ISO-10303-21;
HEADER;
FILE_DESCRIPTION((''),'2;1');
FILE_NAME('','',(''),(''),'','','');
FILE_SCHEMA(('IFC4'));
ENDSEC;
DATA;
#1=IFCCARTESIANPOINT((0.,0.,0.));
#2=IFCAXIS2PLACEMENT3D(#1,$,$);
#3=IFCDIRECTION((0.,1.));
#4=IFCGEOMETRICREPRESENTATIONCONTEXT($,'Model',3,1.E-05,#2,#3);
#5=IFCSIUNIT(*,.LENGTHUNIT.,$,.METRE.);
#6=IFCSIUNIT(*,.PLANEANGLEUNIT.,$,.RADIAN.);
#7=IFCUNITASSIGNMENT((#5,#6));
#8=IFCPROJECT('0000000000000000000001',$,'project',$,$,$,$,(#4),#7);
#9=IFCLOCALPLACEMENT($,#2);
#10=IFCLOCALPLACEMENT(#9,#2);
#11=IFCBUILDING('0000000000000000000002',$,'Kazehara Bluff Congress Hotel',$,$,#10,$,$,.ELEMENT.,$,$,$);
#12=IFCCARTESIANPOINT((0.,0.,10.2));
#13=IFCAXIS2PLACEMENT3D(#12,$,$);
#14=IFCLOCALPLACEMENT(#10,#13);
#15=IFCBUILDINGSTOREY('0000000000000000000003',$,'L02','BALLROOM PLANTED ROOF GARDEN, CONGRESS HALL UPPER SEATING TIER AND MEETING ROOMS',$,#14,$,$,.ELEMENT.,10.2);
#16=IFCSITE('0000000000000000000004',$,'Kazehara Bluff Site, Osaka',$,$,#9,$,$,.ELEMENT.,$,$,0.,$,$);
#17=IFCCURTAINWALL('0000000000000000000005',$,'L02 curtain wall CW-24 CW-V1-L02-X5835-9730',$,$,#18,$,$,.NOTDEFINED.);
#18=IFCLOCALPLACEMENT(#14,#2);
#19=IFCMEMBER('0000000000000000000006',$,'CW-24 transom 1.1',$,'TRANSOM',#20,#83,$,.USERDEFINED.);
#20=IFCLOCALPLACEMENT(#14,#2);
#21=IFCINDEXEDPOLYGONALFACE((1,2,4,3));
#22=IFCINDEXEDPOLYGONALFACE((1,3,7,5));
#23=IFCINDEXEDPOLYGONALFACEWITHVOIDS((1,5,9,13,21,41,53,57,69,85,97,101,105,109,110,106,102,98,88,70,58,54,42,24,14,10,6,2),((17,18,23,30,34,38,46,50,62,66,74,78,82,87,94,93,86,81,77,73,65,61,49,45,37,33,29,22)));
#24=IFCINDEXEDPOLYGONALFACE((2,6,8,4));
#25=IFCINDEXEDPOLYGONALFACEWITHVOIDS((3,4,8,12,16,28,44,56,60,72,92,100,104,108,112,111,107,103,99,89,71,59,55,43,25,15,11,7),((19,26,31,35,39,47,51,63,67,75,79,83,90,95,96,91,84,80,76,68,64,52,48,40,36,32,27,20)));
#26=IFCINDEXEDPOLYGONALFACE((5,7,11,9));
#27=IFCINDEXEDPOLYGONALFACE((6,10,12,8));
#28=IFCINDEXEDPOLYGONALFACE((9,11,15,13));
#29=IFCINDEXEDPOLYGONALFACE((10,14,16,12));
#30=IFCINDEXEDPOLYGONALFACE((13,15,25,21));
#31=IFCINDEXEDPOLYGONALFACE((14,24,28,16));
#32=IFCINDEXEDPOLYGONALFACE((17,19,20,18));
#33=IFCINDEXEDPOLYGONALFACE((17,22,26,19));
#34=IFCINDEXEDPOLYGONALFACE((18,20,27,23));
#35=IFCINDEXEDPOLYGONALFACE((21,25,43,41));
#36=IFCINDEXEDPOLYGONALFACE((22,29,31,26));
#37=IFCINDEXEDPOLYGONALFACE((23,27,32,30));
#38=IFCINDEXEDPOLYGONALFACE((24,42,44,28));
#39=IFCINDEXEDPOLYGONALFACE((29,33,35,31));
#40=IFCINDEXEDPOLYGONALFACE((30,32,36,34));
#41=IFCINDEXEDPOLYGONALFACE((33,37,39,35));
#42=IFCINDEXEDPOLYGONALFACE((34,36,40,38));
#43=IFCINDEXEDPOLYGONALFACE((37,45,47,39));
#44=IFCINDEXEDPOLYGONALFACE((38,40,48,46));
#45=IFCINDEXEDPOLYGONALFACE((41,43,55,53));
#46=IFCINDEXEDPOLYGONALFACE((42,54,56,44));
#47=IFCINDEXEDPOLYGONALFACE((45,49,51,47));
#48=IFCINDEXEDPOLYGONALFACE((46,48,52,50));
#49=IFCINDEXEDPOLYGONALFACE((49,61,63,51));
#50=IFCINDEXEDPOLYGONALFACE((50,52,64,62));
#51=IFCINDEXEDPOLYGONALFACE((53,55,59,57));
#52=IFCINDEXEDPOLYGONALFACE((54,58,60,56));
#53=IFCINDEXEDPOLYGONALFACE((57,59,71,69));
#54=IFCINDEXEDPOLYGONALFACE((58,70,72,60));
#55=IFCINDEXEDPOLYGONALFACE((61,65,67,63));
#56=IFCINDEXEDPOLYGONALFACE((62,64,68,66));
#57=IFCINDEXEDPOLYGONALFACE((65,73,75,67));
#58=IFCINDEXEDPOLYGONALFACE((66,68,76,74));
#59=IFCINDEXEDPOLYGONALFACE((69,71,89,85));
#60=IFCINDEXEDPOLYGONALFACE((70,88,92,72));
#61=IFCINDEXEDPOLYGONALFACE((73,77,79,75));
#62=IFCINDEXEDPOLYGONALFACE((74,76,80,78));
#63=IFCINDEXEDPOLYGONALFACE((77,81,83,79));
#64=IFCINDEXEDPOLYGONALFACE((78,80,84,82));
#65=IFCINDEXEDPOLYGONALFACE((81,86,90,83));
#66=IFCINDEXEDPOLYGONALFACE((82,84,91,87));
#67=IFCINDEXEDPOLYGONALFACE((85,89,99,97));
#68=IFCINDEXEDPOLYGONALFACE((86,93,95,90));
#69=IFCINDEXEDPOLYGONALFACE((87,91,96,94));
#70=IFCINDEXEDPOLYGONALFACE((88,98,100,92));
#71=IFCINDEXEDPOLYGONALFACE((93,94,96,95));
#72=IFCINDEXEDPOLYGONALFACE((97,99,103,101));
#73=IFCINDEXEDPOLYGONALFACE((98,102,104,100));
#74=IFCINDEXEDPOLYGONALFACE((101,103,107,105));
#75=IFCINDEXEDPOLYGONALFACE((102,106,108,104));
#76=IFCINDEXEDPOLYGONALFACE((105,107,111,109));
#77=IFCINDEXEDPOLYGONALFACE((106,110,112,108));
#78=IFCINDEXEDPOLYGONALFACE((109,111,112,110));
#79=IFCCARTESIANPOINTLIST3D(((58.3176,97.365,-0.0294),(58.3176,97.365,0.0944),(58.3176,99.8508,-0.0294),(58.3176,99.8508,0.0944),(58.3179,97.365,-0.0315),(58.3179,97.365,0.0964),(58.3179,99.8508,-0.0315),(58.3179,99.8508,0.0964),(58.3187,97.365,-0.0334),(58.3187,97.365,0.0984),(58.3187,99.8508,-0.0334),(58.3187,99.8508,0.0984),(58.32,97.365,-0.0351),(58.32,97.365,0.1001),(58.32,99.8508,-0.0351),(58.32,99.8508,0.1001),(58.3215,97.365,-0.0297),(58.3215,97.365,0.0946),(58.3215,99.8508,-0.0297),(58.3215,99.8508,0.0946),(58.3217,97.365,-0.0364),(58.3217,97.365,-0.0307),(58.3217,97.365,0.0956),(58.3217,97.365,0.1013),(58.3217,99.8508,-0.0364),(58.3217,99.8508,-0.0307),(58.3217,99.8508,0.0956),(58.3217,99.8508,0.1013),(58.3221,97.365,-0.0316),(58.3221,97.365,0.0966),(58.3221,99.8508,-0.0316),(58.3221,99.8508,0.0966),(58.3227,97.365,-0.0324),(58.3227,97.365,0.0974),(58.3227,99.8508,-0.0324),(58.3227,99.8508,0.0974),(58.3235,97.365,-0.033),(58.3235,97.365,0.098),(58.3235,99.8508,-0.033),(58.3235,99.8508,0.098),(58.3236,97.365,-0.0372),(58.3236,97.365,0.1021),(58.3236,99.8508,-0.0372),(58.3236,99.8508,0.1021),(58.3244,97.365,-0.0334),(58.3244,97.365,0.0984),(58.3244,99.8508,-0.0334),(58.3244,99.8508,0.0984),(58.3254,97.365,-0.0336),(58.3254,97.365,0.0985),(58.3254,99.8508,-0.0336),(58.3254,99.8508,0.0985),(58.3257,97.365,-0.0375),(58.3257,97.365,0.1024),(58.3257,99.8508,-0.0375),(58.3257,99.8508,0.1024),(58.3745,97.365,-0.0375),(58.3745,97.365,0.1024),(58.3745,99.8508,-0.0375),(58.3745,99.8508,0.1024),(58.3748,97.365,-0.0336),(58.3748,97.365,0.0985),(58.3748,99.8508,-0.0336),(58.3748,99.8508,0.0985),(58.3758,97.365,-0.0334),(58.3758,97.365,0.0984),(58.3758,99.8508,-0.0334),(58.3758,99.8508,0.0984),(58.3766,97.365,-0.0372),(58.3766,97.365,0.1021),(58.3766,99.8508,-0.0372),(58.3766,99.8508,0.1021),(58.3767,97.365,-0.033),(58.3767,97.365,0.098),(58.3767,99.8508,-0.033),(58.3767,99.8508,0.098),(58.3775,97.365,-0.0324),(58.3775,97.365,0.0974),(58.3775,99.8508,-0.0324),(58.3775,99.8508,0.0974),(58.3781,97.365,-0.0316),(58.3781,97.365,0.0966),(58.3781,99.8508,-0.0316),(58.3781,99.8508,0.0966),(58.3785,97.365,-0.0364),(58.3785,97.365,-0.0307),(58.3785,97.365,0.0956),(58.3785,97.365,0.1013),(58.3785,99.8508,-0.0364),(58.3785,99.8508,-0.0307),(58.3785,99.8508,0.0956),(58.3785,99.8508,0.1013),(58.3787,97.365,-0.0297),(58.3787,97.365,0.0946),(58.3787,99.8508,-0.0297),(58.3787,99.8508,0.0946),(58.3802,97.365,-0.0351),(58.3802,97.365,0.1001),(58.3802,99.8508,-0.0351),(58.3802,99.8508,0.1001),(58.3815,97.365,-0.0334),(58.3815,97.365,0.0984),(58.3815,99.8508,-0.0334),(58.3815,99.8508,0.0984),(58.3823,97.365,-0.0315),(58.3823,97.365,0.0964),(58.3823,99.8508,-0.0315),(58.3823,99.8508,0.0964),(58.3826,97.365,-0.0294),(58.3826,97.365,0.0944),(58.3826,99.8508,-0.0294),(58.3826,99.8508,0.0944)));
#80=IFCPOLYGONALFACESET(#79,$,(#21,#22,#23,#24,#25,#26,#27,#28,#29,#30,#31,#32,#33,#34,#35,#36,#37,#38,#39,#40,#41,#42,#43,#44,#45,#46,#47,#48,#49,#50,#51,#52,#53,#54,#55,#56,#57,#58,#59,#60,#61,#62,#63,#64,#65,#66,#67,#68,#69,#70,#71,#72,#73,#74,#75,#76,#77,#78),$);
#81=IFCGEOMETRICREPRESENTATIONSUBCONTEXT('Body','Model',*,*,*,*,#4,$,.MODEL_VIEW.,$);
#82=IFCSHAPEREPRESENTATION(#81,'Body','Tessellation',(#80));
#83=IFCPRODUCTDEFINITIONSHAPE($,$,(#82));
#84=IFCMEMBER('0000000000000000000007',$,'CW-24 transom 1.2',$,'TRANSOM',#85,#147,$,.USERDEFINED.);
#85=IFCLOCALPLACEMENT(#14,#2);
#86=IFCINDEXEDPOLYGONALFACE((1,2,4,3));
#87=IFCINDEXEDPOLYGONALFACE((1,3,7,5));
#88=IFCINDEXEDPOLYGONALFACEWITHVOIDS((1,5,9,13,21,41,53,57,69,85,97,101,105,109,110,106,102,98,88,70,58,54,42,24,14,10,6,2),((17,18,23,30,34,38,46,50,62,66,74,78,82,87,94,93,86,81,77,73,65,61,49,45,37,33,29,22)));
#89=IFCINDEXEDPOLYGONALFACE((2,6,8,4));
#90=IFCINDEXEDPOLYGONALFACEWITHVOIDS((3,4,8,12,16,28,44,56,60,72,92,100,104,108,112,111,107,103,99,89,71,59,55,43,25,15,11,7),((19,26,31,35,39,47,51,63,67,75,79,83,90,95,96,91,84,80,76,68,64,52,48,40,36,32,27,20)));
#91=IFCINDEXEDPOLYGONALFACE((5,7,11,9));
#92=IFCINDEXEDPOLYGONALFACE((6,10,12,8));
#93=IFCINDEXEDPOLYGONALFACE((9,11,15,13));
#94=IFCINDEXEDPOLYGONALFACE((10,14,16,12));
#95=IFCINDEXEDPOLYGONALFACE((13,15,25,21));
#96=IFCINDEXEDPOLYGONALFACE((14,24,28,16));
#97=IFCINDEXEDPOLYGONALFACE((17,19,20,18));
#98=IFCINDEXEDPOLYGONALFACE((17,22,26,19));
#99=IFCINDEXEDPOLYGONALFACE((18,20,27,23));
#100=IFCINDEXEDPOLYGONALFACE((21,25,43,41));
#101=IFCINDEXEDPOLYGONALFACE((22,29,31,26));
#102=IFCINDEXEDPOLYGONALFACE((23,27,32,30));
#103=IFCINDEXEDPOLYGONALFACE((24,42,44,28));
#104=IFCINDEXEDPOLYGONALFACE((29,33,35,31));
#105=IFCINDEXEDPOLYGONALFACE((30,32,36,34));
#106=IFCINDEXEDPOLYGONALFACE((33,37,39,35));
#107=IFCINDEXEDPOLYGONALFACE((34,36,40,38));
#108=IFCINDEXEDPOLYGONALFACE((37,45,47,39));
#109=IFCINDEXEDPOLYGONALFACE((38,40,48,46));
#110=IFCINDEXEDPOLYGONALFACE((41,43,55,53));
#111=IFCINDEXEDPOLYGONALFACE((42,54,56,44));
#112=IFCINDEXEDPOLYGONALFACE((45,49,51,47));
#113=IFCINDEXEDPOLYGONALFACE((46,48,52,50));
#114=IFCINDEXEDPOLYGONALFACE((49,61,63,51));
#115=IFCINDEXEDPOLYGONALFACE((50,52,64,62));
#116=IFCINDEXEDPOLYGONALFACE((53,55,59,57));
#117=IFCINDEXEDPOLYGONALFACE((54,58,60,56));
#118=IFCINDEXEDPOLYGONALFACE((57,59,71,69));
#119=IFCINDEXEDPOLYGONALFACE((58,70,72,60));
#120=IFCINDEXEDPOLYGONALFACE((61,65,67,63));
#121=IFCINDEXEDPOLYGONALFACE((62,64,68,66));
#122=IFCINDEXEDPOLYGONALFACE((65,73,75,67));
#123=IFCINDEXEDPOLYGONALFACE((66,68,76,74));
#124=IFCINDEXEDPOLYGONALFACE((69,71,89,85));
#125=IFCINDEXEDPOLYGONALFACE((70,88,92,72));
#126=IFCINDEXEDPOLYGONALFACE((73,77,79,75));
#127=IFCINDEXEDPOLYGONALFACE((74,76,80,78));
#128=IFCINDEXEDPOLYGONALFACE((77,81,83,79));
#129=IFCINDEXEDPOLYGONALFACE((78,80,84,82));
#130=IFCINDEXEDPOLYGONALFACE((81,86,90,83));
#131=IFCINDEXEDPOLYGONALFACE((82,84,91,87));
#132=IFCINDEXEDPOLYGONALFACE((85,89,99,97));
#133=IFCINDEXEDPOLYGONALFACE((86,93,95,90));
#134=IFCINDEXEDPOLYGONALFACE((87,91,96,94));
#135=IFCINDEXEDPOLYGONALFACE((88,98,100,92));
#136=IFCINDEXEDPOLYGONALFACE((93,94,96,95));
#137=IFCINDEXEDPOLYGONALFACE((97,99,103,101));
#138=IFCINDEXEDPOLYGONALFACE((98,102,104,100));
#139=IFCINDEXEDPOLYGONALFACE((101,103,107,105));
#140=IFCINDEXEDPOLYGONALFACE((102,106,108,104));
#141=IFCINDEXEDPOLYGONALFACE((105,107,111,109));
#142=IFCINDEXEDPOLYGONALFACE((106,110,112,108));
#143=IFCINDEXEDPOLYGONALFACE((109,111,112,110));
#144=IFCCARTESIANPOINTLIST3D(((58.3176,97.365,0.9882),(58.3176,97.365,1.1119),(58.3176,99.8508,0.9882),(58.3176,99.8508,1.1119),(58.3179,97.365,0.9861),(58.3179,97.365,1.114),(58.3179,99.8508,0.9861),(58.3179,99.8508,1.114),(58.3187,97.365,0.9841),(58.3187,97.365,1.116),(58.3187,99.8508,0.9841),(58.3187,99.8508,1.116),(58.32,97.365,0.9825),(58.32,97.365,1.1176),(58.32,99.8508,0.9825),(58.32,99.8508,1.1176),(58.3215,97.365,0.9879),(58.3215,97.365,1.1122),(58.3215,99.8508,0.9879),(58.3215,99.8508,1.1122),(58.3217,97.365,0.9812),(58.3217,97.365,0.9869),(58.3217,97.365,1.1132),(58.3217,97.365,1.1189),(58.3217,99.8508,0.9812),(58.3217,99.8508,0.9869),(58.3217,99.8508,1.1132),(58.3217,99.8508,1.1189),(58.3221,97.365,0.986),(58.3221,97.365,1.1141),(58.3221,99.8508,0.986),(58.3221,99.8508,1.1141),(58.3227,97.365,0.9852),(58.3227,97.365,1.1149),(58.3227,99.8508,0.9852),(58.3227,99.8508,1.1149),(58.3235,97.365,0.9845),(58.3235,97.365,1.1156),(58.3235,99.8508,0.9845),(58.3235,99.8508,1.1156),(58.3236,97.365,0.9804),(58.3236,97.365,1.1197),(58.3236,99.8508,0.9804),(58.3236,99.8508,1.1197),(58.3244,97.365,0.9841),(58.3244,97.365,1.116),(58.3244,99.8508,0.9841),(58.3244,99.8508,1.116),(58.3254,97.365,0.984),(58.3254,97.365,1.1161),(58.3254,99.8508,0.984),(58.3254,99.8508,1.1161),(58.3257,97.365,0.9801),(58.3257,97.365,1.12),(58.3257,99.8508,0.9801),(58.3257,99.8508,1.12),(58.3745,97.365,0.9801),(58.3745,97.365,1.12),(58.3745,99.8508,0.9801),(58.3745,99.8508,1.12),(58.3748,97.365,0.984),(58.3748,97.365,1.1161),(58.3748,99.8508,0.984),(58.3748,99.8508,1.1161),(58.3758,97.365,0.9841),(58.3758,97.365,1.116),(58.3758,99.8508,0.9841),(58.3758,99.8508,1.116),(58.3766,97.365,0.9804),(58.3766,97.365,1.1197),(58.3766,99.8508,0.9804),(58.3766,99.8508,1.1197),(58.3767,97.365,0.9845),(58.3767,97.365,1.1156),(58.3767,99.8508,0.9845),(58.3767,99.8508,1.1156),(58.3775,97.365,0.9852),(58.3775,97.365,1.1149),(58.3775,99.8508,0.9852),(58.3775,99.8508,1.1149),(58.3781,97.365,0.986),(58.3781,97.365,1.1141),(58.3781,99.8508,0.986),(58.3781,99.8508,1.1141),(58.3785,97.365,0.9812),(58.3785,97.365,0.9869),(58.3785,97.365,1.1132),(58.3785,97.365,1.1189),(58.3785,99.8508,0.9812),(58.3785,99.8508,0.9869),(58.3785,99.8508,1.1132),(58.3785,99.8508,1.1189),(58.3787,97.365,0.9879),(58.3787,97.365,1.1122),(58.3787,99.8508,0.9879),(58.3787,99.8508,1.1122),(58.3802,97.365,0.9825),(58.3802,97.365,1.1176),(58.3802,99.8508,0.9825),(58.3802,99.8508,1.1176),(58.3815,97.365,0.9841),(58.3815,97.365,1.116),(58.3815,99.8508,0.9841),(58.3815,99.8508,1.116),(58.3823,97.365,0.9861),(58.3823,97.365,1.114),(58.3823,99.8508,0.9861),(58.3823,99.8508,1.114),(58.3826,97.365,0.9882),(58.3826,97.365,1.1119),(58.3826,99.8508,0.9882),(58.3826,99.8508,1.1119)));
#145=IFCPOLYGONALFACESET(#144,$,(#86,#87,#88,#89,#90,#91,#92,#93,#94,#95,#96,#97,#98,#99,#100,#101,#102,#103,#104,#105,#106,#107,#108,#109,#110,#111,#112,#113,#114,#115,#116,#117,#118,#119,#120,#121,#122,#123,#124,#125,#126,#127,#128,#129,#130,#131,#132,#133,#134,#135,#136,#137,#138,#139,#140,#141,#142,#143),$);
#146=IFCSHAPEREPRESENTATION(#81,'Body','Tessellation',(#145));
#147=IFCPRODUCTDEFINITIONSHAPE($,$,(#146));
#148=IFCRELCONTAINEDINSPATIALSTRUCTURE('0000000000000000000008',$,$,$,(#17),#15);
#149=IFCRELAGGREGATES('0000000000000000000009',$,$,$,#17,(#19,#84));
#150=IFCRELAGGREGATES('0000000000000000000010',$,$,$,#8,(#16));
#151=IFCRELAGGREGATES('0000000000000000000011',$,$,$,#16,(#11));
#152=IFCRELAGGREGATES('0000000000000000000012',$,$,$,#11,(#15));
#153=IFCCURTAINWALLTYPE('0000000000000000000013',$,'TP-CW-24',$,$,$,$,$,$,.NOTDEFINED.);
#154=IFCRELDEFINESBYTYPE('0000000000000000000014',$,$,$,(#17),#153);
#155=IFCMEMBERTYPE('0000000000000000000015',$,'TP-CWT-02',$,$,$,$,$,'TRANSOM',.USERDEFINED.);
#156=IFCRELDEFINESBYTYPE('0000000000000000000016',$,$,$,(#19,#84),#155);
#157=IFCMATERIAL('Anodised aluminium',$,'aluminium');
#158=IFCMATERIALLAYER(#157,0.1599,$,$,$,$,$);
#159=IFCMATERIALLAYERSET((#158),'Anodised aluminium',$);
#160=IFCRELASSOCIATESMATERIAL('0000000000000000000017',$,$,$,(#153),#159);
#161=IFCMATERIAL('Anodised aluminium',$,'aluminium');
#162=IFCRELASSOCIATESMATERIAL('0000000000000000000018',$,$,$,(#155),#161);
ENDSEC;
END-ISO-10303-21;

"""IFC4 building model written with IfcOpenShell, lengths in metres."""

from ifc_helpers import new_model, si_unit, direction, frame, origin, origin_2d, place, context, subcontext, project, spatial, hollow_rectangle, extrude, material, layer, layer_set, material_profile, profile_set, type_object, element, aggregate, save


model = new_model("IFC4")

# Units and contexts
model_context = context("Model", 3, precision=1e-05, world=origin(), true_north=direction((0.0, 1.0)))
body_context = subcontext(model_context, "Body", "Model", "MODEL_VIEW")
ifc_project = project(units=[si_unit("LENGTHUNIT", "METRE"), si_unit("PLANEANGLEUNIT", "RADIAN")], contexts=[model_context])

# Site, building, storey
site_placement = place(None, origin())
site = spatial("IfcSite", under=ifc_project, at=site_placement, Name="Kazehara Bluff Site, Osaka", CompositionType="ELEMENT", RefElevation=0.0)
building_placement = place(site_placement, origin())
building = spatial("IfcBuilding", under=site, at=building_placement, Name="Kazehara Bluff Congress Hotel", CompositionType="ELEMENT")
storey_placement = place(building_placement, frame((0.0, 0.0, 10.2)))
storey = spatial("IfcBuildingStorey", under=building, at=storey_placement, Name="L02", Description="BALLROOM PLANTED ROOF GARDEN, CONGRESS HALL UPPER SEATING TIER AND MEETING ROOMS", CompositionType="ELEMENT", Elevation=10.2)

# Curtain wall
ifc_material_1 = material(Name="Anodised aluminium", Category="aluminium")
ifc_layer_1 = layer(ifc_material_1, 0.1599)
ifc_layer_set_1 = layer_set([ifc_layer_1], Name="Anodised aluminium")
curtain_wall_type_1 = type_object("IfcCurtainWallType", Name="TP-CW-24", PredefinedType="NOTDEFINED", material=ifc_layer_set_1)
curtain_wall_1_placement = place(storey_placement, origin())
curtain_wall_1 = element("IfcCurtainWall", 1, at=curtain_wall_1_placement, inside=storey, type_object=curtain_wall_type_1, Name="L02 curtain wall CW-24 CW-V1-L02-X5835-9730", PredefinedType="NOTDEFINED")

# Members
ifc_material_2 = material(Name="Anodised aluminium", Category="aluminium")
ifc_material_profile_1 = material_profile(ifc_material_2, hollow_rectangle(XDim=0.0649, YDim=0.1399, WallThickness=0.0039, InnerFilletRadius=0.0039, OuterFilletRadius=0.0081, at=origin_2d()))
ifc_profile_set_1 = profile_set([ifc_material_profile_1], Name="Anodised aluminium")
member_type_1 = type_object("IfcMemberType", Name="TP-CWT-02", ElementType="TRANSOM", PredefinedType="USERDEFINED", material=ifc_profile_set_1)
member_1_placement = place(storey_placement, frame((58.3501, 97.365, 0.0325), z_axis=(0.0, 1.0, 0.0), x_axis=(-1.0, 0.0, 0.0)))
member_1 = element("IfcMember", 2, at=member_1_placement, type_object=member_type_1, Name="CW-24 transom 1.1", ObjectType="TRANSOM", PredefinedType="USERDEFINED", context=body_context, shape_type="SweptSolid", body=[
    extrude(hollow_rectangle(XDim=0.0649, YDim=0.1399, WallThickness=0.0039, InnerFilletRadius=0.0039, OuterFilletRadius=0.0081, at=origin_2d()), origin(), (0.0, 0.0, 1.0), 2.4858),
])
member_2_placement = place(storey_placement, frame((58.3501, 97.365, 1.05), z_axis=(0.0, 1.0, 0.0), x_axis=(-1.0, 0.0, 0.0)))
member_2 = element("IfcMember", 3, at=member_2_placement, type_object=member_type_1, Name="CW-24 transom 1.2", ObjectType="TRANSOM", PredefinedType="USERDEFINED", context=body_context, shape_type="SweptSolid", body=[
    extrude(hollow_rectangle(XDim=0.0649, YDim=0.1399, WallThickness=0.0039, InnerFilletRadius=0.0039, OuterFilletRadius=0.0081, at=origin_2d()), origin(), (0.0, 0.0, 1.0), 2.4858),
])

aggregate(curtain_wall_1, [member_1, member_2])

save(model, "model.ifc")
